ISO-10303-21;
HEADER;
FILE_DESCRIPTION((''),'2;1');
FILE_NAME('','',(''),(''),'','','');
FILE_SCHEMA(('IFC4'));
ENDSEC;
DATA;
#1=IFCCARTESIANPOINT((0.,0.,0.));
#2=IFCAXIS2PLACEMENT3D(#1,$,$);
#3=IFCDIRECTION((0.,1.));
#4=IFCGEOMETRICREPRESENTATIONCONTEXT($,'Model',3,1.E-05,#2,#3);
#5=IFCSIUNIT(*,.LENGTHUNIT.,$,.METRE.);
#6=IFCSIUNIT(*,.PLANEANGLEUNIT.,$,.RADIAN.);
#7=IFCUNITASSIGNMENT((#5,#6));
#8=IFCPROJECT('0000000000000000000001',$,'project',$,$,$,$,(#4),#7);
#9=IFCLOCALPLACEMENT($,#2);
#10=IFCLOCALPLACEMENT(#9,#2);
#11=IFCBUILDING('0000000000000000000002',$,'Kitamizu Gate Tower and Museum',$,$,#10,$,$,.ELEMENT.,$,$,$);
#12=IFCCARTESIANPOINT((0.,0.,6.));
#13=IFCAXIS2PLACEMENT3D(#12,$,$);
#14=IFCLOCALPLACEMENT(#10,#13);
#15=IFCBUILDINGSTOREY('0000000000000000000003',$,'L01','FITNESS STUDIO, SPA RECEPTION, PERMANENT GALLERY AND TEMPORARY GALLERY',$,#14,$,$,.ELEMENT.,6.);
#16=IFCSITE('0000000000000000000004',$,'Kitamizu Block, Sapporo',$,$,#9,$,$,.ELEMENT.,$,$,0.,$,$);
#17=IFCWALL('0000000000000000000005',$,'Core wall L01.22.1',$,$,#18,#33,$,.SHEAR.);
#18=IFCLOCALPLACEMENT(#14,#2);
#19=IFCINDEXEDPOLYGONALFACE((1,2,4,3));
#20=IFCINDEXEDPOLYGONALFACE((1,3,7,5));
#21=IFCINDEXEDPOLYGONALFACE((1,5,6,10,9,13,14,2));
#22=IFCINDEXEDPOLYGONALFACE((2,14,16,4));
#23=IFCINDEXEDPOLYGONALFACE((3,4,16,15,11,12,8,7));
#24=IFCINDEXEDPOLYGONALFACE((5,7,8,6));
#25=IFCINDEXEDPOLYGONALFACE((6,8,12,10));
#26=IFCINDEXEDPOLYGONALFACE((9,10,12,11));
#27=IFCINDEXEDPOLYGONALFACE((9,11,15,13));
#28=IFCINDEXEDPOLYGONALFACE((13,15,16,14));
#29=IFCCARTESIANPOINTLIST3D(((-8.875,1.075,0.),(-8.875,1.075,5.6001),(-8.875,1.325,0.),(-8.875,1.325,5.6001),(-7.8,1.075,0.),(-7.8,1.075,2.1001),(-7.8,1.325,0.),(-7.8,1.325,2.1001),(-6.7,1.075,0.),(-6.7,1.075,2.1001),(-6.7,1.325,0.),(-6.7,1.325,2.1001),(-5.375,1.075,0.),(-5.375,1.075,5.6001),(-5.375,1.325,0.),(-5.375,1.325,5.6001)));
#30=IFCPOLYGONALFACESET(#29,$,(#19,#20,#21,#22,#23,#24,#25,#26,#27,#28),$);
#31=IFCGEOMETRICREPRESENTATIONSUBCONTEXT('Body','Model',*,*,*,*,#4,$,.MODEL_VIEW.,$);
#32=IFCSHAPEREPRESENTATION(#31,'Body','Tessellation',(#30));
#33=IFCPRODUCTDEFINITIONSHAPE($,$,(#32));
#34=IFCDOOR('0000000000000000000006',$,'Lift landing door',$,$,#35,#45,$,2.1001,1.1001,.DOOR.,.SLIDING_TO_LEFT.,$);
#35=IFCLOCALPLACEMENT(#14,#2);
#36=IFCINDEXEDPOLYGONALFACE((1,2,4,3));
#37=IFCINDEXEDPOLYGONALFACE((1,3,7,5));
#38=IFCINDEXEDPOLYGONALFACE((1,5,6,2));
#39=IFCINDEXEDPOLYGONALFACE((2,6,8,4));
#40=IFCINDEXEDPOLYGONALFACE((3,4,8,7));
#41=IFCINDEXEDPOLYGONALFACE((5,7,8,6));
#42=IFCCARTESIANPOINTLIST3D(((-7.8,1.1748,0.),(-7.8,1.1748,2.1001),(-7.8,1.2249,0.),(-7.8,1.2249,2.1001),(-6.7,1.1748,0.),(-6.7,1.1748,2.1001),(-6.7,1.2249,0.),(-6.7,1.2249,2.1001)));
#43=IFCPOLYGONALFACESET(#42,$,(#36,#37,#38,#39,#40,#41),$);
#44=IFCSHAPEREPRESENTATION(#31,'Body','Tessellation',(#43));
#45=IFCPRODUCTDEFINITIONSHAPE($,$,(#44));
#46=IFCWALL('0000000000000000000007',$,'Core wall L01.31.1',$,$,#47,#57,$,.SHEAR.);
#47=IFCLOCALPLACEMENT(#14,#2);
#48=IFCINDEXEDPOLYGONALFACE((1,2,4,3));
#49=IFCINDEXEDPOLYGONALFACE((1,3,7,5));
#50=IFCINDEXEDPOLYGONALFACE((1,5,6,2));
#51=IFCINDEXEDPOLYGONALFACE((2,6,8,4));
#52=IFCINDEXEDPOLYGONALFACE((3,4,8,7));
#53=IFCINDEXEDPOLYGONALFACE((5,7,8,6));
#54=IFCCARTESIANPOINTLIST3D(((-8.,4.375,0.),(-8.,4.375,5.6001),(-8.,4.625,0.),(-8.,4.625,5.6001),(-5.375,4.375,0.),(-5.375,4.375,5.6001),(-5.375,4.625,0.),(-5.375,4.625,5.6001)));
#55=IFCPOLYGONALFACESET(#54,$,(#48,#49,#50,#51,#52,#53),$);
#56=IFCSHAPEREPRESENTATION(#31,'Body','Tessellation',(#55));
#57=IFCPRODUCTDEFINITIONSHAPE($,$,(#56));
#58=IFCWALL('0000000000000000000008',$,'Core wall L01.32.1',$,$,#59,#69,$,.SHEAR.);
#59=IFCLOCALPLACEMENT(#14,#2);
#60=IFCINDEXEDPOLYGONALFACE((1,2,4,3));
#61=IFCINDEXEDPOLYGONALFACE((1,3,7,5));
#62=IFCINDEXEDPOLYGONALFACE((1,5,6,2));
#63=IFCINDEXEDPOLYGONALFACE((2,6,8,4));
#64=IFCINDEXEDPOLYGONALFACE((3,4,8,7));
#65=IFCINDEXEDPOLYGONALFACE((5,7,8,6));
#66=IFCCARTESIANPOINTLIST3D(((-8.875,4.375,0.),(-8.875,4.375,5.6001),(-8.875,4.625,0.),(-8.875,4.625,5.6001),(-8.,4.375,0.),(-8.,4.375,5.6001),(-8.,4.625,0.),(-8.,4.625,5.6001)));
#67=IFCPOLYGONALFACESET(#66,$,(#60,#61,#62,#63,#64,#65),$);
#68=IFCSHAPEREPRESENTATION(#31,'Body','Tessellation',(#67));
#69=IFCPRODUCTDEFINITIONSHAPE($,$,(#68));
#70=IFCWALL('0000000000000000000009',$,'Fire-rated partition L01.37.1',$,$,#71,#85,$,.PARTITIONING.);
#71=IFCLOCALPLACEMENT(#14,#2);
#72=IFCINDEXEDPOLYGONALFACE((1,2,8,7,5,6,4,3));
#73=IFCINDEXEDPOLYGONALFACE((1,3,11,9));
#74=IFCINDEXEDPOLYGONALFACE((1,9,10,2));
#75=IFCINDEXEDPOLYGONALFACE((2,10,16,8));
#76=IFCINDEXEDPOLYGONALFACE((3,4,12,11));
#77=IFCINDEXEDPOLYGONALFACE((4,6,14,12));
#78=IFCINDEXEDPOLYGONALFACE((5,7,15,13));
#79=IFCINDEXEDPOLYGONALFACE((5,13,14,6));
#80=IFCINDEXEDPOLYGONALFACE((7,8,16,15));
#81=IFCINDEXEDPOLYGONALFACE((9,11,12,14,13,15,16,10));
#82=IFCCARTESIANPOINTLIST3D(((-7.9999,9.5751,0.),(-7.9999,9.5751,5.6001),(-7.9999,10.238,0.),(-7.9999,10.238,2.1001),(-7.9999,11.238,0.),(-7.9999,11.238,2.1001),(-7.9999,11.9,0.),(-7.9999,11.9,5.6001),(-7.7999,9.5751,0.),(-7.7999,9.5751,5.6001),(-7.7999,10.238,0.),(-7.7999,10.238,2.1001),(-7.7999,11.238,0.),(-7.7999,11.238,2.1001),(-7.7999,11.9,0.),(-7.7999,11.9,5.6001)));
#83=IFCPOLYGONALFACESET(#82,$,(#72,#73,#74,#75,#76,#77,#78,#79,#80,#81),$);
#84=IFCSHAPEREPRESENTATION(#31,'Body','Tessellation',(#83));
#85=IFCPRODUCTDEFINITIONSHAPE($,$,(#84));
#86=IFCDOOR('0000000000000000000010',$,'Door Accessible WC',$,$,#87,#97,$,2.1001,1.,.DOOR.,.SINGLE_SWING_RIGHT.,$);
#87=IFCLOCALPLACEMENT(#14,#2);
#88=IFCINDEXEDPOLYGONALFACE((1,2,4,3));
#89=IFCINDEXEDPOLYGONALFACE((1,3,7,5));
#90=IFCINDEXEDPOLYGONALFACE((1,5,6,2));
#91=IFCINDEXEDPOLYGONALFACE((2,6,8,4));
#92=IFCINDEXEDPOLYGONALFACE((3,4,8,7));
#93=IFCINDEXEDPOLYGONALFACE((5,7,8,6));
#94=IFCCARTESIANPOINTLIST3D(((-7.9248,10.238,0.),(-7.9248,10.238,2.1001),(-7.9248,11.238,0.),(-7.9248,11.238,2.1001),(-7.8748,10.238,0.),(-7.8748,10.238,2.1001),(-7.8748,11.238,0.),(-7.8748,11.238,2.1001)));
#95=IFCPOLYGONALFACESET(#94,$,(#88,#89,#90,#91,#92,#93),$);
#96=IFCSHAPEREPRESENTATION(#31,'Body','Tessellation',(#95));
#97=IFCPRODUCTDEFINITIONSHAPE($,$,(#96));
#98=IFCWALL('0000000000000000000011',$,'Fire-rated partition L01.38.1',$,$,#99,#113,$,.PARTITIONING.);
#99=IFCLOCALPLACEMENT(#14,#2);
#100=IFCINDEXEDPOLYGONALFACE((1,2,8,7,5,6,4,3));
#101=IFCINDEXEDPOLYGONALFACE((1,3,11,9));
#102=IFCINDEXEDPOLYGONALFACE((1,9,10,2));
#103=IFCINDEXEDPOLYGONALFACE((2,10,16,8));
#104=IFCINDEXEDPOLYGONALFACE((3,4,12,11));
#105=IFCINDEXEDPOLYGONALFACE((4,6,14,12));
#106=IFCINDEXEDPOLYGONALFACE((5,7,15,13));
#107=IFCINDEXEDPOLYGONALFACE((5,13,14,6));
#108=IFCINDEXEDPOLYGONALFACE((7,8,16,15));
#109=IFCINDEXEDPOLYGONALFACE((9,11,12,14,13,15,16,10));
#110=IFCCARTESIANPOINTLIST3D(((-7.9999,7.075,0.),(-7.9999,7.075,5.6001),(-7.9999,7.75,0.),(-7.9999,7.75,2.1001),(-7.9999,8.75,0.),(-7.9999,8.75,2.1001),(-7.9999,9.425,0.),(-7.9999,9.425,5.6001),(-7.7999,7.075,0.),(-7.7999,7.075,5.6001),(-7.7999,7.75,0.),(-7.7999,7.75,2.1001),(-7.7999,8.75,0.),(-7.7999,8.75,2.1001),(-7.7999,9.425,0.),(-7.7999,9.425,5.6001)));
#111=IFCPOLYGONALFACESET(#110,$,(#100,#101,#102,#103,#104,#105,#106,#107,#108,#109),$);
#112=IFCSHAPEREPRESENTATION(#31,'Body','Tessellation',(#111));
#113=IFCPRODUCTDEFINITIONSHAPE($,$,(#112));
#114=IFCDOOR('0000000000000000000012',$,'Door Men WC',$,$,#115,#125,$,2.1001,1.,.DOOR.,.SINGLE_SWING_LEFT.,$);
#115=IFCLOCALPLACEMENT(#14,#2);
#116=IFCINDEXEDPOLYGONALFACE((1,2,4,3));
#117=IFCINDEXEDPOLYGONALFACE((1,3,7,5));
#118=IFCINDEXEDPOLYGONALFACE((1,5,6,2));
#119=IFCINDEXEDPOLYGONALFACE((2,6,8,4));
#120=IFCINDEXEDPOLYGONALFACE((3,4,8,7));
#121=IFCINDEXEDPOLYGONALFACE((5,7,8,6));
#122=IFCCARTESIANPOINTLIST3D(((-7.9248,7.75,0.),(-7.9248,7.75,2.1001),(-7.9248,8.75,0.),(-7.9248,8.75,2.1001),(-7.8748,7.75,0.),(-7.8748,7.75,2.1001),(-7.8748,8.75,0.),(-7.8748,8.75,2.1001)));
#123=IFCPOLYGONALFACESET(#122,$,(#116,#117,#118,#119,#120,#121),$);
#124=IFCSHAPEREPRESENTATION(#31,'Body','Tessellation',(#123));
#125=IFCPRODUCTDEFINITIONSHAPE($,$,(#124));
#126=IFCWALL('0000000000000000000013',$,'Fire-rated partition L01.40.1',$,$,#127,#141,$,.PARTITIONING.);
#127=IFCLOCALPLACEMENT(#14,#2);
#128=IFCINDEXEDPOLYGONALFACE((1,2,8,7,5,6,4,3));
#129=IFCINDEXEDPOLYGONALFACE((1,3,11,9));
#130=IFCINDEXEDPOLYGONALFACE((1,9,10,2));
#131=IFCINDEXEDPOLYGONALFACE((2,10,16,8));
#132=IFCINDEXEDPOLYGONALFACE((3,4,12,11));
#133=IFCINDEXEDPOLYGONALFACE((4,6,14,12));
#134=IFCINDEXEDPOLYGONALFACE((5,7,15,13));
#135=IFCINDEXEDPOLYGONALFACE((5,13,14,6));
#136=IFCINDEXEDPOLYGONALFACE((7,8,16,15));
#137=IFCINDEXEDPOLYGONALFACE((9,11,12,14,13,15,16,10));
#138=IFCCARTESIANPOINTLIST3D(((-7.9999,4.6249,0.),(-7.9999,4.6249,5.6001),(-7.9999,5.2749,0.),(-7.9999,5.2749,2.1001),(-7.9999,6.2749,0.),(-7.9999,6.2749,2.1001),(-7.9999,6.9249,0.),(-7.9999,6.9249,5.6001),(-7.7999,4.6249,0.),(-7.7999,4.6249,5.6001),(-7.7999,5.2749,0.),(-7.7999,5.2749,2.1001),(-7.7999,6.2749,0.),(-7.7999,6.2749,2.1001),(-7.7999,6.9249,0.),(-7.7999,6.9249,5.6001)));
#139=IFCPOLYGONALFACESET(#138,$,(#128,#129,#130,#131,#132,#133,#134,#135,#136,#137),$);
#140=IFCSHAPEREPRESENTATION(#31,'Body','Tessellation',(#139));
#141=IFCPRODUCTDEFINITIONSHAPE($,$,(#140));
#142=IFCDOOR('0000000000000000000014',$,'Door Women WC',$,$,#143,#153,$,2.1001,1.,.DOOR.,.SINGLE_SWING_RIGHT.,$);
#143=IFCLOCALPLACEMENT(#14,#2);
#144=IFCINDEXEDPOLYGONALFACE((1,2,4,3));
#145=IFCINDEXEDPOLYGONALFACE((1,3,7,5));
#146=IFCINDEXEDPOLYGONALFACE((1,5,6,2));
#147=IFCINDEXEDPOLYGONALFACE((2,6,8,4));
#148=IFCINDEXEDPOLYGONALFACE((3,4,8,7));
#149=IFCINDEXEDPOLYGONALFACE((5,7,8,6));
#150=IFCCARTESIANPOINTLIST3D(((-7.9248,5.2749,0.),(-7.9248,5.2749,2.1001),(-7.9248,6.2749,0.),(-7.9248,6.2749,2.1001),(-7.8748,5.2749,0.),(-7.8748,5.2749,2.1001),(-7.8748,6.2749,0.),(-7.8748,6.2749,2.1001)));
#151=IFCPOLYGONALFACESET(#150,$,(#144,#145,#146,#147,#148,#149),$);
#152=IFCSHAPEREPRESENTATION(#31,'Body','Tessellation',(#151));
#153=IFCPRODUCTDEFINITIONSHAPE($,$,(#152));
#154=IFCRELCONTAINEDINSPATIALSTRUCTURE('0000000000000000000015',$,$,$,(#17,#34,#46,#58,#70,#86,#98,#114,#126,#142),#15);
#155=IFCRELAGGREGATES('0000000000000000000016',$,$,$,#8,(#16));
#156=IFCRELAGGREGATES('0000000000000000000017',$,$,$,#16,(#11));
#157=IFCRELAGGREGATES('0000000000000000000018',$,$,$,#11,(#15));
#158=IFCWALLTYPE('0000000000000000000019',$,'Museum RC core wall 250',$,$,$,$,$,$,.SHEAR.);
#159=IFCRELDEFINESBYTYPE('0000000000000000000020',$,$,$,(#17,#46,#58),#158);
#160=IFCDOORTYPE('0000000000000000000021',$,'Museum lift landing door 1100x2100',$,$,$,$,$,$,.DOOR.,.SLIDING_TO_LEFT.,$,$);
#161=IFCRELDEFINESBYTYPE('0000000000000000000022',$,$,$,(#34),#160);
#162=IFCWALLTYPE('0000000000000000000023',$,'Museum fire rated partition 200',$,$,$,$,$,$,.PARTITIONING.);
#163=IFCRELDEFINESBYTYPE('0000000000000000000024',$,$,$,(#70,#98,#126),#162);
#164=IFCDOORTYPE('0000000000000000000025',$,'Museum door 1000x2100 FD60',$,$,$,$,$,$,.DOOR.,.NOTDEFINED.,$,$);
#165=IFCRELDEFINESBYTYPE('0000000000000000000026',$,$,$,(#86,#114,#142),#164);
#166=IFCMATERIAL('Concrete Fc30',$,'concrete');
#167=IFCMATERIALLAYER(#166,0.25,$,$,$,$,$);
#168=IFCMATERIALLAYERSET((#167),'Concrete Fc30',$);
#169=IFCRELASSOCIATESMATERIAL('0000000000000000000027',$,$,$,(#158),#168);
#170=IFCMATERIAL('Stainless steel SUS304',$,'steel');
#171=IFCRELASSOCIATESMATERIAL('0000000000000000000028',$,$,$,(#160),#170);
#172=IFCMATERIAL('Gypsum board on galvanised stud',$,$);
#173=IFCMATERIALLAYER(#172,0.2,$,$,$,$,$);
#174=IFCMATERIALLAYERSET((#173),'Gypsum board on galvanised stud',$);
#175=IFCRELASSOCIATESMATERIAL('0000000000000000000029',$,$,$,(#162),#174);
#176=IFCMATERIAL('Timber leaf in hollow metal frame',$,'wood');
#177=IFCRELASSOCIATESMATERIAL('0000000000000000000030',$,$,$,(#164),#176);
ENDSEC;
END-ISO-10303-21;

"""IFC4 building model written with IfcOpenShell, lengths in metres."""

from ifc_helpers import new_model, si_unit, direction, frame, frame_2d, origin, place, context, subcontext, project, spatial, rectangle, extrude, material, layer, layer_set, type_object, element, fill, save


model = new_model("IFC4")

# Units and contexts
model_context = context("Model", 3, precision=1e-05, world=origin(), true_north=direction((0.0, 1.0)))
body_context = subcontext(model_context, "Body", "Model", "MODEL_VIEW")
ifc_project = project(units=[si_unit("LENGTHUNIT", "METRE"), si_unit("PLANEANGLEUNIT", "RADIAN")], contexts=[model_context])

# Site, building, storey
site_placement = place(None, origin())
site = spatial("IfcSite", under=ifc_project, at=site_placement, Name="Kitamizu Block, Sapporo", CompositionType="ELEMENT", RefElevation=0.0)
building_placement = place(site_placement, origin())
building = spatial("IfcBuilding", under=site, at=building_placement, Name="Kitamizu Gate Tower and Museum", CompositionType="ELEMENT")
storey_placement = place(building_placement, frame((0.0, 0.0, 6.0)))
storey = spatial("IfcBuildingStorey", under=building, at=storey_placement, Name="L01", Description="FITNESS STUDIO, SPA RECEPTION, PERMANENT GALLERY AND TEMPORARY GALLERY", CompositionType="ELEMENT", Elevation=6.0)

# Shared definitions
ifc_material_1 = material(Name="Concrete Fc30", Category="concrete")
ifc_layer_1 = layer(ifc_material_1, 0.25)
ifc_layer_set_1 = layer_set([ifc_layer_1], Name="Concrete Fc30")
wall_type_1 = type_object("IfcWallType", Name="Museum RC core wall 250", PredefinedType="SHEAR", material=ifc_layer_set_1)

# Wall, opening, door
wall_1_placement = place(storey_placement, frame((-8.875, 1.2, 0.0), z_axis=(0.0, 0.0, 1.0), x_axis=(1.0, 0.0, 0.0)))
wall_1 = element("IfcWall", 1, at=wall_1_placement, inside=storey, type_object=wall_type_1, Name="Core wall L01.22.1", PredefinedType="SHEAR", context=body_context, shape_type="SweptSolid", body=[
    extrude(rectangle(XDim=3.5, YDim=0.25, at=frame_2d((1.75, 0.0))), origin(), (0.0, 0.0, 1.0), 5.6001),
])
opening_1_placement = place(wall_1_placement, frame((1.075, 0.0, 0.0)))
opening_1 = element("IfcOpeningElement", 2, at=opening_1_placement, cuts=wall_1, PredefinedType="OPENING", context=body_context, shape_type="SweptSolid", body=[
    extrude(rectangle(XDim=1.1001, YDim=2.1001, at=frame_2d((0.55, 1.05))), frame((0.0, 0.135, 0.0), z_axis=(0.0, -1.0, 0.0), x_axis=(1.0, 0.0, 0.0)), (0.0, 0.0, 1.0), 0.27),
])
ifc_material_2 = material(Name="Stainless steel SUS304", Category="steel")
door_type_1 = type_object("IfcDoorType", Name="Museum lift landing door 1100x2100", OperationType="SLIDING_TO_LEFT", PredefinedType="DOOR", material=ifc_material_2)
door_1_placement = place(opening_1_placement, origin())
door_1 = element("IfcDoor", 3, at=door_1_placement, inside=storey, type_object=door_type_1, Name="Lift landing door", OperationType="SLIDING_TO_LEFT", OverallHeight=2.1001, OverallWidth=1.1001, PredefinedType="DOOR", context=body_context, shape_type="SweptSolid", body=[
    extrude(rectangle(XDim=1.1001, YDim=2.1001, at=frame_2d((0.55, 1.05))), frame((0.0, 0.0249, 0.0), z_axis=(0.0, -1.0, 0.0), x_axis=(1.0, 0.0, 0.0)), (0.0, 0.0, 1.0), 0.05),
])
fill(opening_1, door_1)

# Walls
wall_2_placement = place(storey_placement, frame((-8.0, 4.5, 0.0), z_axis=(0.0, 0.0, 1.0), x_axis=(1.0, 0.0, 0.0)))
element("IfcWall", 4, at=wall_2_placement, inside=storey, type_object=wall_type_1, Name="Core wall L01.31.1", PredefinedType="SHEAR", context=body_context, shape_type="SweptSolid", body=[
    extrude(rectangle(XDim=2.625, YDim=0.25, at=frame_2d((1.3125, 0.0))), origin(), (0.0, 0.0, 1.0), 5.6001),
])
wall_3_placement = place(storey_placement, frame((-8.875, 4.5, 0.0), z_axis=(0.0, 0.0, 1.0), x_axis=(1.0, 0.0, 0.0)))
element("IfcWall", 5, at=wall_3_placement, inside=storey, type_object=wall_type_1, Name="Core wall L01.32.1", PredefinedType="SHEAR", context=body_context, shape_type="SweptSolid", body=[
    extrude(rectangle(XDim=0.875, YDim=0.25, at=frame_2d((0.4375, 0.0))), origin(), (0.0, 0.0, 1.0), 5.6001),
])

# Walls, openings, doors
ifc_material_3 = material(Name="Gypsum board on galvanised stud")
ifc_layer_2 = layer(ifc_material_3, 0.2)
ifc_layer_set_2 = layer_set([ifc_layer_2], Name="Gypsum board on galvanised stud")
wall_type_2 = type_object("IfcWallType", Name="Museum fire rated partition 200", PredefinedType="PARTITIONING", material=ifc_layer_set_2)
wall_4_placement = place(storey_placement, frame((-7.8999, 9.575, 0.0), z_axis=(0.0, 0.0, 1.0), x_axis=(0.0, 1.0, 0.0)))
wall_4 = element("IfcWall", 6, at=wall_4_placement, inside=storey, type_object=wall_type_2, Name="Fire-rated partition L01.37.1", PredefinedType="PARTITIONING", context=body_context, shape_type="SweptSolid", body=[
    extrude(rectangle(XDim=2.325, YDim=0.2, at=frame_2d((1.1626, 0.0))), origin(), (0.0, 0.0, 1.0), 5.6001),
])
opening_2_placement = place(wall_4_placement, frame((0.6631, 0.0, 0.0)))
opening_2 = element("IfcOpeningElement", 7, at=opening_2_placement, cuts=wall_4, PredefinedType="OPENING", context=body_context, shape_type="SweptSolid", body=[
    extrude(rectangle(XDim=1.0, YDim=2.1001, at=frame_2d((0.5, 1.05))), frame((0.0, 0.1099, 0.0), z_axis=(0.0, -1.0, 0.0), x_axis=(1.0, 0.0, 0.0)), (0.0, 0.0, 1.0), 0.22),
])
ifc_material_4 = material(Name="Timber leaf in hollow metal frame", Category="wood")
door_type_2 = type_object("IfcDoorType", Name="Museum door 1000x2100 FD60", OperationType="NOTDEFINED", PredefinedType="DOOR", material=ifc_material_4)
door_2_placement = place(opening_2_placement, origin())
door_2 = element("IfcDoor", 8, at=door_2_placement, inside=storey, type_object=door_type_2, Name="Door Accessible WC", OperationType="SINGLE_SWING_RIGHT", OverallHeight=2.1001, OverallWidth=1.0, PredefinedType="DOOR", context=body_context, shape_type="SweptSolid", body=[
    extrude(rectangle(XDim=1.0, YDim=2.1001, at=frame_2d((0.5, 1.05))), frame((0.0, 0.0249, 0.0), z_axis=(0.0, -1.0, 0.0), x_axis=(1.0, 0.0, 0.0)), (0.0, 0.0, 1.0), 0.05),
])
fill(opening_2, door_2)
wall_5_placement = place(storey_placement, frame((-7.8999, 7.075, 0.0), z_axis=(0.0, 0.0, 1.0), x_axis=(0.0, 1.0, 0.0)))
wall_5 = element("IfcWall", 9, at=wall_5_placement, inside=storey, type_object=wall_type_2, Name="Fire-rated partition L01.38.1", PredefinedType="PARTITIONING", context=body_context, shape_type="SweptSolid", body=[
    extrude(rectangle(XDim=2.3501, YDim=0.2, at=frame_2d((1.175, 0.0))), origin(), (0.0, 0.0, 1.0), 5.6001),
])
opening_3_placement = place(wall_5_placement, frame((0.675, 0.0, 0.0)))
opening_3 = element("IfcOpeningElement", 10, at=opening_3_placement, cuts=wall_5, PredefinedType="OPENING", context=body_context, shape_type="SweptSolid", body=[
    extrude(rectangle(XDim=1.0, YDim=2.1001, at=frame_2d((0.5, 1.05))), frame((0.0, 0.1099, 0.0), z_axis=(0.0, -1.0, 0.0), x_axis=(1.0, 0.0, 0.0)), (0.0, 0.0, 1.0), 0.22),
])
door_3_placement = place(opening_3_placement, origin())
door_3 = element("IfcDoor", 11, at=door_3_placement, inside=storey, type_object=door_type_2, Name="Door Men WC", OperationType="SINGLE_SWING_LEFT", OverallHeight=2.1001, OverallWidth=1.0, PredefinedType="DOOR", context=body_context, shape_type="SweptSolid", body=[
    extrude(rectangle(XDim=1.0, YDim=2.1001, at=frame_2d((0.5, 1.05))), frame((0.0, 0.0249, 0.0), z_axis=(0.0, -1.0, 0.0), x_axis=(1.0, 0.0, 0.0)), (0.0, 0.0, 1.0), 0.05),
])
fill(opening_3, door_3)
wall_6_placement = place(storey_placement, frame((-7.8999, 4.625, 0.0), z_axis=(0.0, 0.0, 1.0), x_axis=(0.0, 1.0, 0.0)))
wall_6 = element("IfcWall", 12, at=wall_6_placement, inside=storey, type_object=wall_type_2, Name="Fire-rated partition L01.40.1", PredefinedType="PARTITIONING", context=body_context, shape_type="SweptSolid", body=[
    extrude(rectangle(XDim=2.3, YDim=0.2, at=frame_2d((1.1499, 0.0))), origin(), (0.0, 0.0, 1.0), 5.6001),
])
opening_4_placement = place(wall_6_placement, frame((0.6499, 0.0, 0.0)))
opening_4 = element("IfcOpeningElement", 13, at=opening_4_placement, cuts=wall_6, PredefinedType="OPENING", context=body_context, shape_type="SweptSolid", body=[
    extrude(rectangle(XDim=1.0, YDim=2.1001, at=frame_2d((0.5, 1.05))), frame((0.0, 0.1099, 0.0), z_axis=(0.0, -1.0, 0.0), x_axis=(1.0, 0.0, 0.0)), (0.0, 0.0, 1.0), 0.22),
])
door_4_placement = place(opening_4_placement, origin())
door_4 = element("IfcDoor", 14, at=door_4_placement, inside=storey, type_object=door_type_2, Name="Door Women WC", OperationType="SINGLE_SWING_RIGHT", OverallHeight=2.1001, OverallWidth=1.0, PredefinedType="DOOR", context=body_context, shape_type="SweptSolid", body=[
    extrude(rectangle(XDim=1.0, YDim=2.1001, at=frame_2d((0.5, 1.05))), frame((0.0, 0.0249, 0.0), z_axis=(0.0, -1.0, 0.0), x_axis=(1.0, 0.0, 0.0)), (0.0, 0.0, 1.0), 0.05),
])
fill(opening_4, door_4)

save(model, "model.ifc")
